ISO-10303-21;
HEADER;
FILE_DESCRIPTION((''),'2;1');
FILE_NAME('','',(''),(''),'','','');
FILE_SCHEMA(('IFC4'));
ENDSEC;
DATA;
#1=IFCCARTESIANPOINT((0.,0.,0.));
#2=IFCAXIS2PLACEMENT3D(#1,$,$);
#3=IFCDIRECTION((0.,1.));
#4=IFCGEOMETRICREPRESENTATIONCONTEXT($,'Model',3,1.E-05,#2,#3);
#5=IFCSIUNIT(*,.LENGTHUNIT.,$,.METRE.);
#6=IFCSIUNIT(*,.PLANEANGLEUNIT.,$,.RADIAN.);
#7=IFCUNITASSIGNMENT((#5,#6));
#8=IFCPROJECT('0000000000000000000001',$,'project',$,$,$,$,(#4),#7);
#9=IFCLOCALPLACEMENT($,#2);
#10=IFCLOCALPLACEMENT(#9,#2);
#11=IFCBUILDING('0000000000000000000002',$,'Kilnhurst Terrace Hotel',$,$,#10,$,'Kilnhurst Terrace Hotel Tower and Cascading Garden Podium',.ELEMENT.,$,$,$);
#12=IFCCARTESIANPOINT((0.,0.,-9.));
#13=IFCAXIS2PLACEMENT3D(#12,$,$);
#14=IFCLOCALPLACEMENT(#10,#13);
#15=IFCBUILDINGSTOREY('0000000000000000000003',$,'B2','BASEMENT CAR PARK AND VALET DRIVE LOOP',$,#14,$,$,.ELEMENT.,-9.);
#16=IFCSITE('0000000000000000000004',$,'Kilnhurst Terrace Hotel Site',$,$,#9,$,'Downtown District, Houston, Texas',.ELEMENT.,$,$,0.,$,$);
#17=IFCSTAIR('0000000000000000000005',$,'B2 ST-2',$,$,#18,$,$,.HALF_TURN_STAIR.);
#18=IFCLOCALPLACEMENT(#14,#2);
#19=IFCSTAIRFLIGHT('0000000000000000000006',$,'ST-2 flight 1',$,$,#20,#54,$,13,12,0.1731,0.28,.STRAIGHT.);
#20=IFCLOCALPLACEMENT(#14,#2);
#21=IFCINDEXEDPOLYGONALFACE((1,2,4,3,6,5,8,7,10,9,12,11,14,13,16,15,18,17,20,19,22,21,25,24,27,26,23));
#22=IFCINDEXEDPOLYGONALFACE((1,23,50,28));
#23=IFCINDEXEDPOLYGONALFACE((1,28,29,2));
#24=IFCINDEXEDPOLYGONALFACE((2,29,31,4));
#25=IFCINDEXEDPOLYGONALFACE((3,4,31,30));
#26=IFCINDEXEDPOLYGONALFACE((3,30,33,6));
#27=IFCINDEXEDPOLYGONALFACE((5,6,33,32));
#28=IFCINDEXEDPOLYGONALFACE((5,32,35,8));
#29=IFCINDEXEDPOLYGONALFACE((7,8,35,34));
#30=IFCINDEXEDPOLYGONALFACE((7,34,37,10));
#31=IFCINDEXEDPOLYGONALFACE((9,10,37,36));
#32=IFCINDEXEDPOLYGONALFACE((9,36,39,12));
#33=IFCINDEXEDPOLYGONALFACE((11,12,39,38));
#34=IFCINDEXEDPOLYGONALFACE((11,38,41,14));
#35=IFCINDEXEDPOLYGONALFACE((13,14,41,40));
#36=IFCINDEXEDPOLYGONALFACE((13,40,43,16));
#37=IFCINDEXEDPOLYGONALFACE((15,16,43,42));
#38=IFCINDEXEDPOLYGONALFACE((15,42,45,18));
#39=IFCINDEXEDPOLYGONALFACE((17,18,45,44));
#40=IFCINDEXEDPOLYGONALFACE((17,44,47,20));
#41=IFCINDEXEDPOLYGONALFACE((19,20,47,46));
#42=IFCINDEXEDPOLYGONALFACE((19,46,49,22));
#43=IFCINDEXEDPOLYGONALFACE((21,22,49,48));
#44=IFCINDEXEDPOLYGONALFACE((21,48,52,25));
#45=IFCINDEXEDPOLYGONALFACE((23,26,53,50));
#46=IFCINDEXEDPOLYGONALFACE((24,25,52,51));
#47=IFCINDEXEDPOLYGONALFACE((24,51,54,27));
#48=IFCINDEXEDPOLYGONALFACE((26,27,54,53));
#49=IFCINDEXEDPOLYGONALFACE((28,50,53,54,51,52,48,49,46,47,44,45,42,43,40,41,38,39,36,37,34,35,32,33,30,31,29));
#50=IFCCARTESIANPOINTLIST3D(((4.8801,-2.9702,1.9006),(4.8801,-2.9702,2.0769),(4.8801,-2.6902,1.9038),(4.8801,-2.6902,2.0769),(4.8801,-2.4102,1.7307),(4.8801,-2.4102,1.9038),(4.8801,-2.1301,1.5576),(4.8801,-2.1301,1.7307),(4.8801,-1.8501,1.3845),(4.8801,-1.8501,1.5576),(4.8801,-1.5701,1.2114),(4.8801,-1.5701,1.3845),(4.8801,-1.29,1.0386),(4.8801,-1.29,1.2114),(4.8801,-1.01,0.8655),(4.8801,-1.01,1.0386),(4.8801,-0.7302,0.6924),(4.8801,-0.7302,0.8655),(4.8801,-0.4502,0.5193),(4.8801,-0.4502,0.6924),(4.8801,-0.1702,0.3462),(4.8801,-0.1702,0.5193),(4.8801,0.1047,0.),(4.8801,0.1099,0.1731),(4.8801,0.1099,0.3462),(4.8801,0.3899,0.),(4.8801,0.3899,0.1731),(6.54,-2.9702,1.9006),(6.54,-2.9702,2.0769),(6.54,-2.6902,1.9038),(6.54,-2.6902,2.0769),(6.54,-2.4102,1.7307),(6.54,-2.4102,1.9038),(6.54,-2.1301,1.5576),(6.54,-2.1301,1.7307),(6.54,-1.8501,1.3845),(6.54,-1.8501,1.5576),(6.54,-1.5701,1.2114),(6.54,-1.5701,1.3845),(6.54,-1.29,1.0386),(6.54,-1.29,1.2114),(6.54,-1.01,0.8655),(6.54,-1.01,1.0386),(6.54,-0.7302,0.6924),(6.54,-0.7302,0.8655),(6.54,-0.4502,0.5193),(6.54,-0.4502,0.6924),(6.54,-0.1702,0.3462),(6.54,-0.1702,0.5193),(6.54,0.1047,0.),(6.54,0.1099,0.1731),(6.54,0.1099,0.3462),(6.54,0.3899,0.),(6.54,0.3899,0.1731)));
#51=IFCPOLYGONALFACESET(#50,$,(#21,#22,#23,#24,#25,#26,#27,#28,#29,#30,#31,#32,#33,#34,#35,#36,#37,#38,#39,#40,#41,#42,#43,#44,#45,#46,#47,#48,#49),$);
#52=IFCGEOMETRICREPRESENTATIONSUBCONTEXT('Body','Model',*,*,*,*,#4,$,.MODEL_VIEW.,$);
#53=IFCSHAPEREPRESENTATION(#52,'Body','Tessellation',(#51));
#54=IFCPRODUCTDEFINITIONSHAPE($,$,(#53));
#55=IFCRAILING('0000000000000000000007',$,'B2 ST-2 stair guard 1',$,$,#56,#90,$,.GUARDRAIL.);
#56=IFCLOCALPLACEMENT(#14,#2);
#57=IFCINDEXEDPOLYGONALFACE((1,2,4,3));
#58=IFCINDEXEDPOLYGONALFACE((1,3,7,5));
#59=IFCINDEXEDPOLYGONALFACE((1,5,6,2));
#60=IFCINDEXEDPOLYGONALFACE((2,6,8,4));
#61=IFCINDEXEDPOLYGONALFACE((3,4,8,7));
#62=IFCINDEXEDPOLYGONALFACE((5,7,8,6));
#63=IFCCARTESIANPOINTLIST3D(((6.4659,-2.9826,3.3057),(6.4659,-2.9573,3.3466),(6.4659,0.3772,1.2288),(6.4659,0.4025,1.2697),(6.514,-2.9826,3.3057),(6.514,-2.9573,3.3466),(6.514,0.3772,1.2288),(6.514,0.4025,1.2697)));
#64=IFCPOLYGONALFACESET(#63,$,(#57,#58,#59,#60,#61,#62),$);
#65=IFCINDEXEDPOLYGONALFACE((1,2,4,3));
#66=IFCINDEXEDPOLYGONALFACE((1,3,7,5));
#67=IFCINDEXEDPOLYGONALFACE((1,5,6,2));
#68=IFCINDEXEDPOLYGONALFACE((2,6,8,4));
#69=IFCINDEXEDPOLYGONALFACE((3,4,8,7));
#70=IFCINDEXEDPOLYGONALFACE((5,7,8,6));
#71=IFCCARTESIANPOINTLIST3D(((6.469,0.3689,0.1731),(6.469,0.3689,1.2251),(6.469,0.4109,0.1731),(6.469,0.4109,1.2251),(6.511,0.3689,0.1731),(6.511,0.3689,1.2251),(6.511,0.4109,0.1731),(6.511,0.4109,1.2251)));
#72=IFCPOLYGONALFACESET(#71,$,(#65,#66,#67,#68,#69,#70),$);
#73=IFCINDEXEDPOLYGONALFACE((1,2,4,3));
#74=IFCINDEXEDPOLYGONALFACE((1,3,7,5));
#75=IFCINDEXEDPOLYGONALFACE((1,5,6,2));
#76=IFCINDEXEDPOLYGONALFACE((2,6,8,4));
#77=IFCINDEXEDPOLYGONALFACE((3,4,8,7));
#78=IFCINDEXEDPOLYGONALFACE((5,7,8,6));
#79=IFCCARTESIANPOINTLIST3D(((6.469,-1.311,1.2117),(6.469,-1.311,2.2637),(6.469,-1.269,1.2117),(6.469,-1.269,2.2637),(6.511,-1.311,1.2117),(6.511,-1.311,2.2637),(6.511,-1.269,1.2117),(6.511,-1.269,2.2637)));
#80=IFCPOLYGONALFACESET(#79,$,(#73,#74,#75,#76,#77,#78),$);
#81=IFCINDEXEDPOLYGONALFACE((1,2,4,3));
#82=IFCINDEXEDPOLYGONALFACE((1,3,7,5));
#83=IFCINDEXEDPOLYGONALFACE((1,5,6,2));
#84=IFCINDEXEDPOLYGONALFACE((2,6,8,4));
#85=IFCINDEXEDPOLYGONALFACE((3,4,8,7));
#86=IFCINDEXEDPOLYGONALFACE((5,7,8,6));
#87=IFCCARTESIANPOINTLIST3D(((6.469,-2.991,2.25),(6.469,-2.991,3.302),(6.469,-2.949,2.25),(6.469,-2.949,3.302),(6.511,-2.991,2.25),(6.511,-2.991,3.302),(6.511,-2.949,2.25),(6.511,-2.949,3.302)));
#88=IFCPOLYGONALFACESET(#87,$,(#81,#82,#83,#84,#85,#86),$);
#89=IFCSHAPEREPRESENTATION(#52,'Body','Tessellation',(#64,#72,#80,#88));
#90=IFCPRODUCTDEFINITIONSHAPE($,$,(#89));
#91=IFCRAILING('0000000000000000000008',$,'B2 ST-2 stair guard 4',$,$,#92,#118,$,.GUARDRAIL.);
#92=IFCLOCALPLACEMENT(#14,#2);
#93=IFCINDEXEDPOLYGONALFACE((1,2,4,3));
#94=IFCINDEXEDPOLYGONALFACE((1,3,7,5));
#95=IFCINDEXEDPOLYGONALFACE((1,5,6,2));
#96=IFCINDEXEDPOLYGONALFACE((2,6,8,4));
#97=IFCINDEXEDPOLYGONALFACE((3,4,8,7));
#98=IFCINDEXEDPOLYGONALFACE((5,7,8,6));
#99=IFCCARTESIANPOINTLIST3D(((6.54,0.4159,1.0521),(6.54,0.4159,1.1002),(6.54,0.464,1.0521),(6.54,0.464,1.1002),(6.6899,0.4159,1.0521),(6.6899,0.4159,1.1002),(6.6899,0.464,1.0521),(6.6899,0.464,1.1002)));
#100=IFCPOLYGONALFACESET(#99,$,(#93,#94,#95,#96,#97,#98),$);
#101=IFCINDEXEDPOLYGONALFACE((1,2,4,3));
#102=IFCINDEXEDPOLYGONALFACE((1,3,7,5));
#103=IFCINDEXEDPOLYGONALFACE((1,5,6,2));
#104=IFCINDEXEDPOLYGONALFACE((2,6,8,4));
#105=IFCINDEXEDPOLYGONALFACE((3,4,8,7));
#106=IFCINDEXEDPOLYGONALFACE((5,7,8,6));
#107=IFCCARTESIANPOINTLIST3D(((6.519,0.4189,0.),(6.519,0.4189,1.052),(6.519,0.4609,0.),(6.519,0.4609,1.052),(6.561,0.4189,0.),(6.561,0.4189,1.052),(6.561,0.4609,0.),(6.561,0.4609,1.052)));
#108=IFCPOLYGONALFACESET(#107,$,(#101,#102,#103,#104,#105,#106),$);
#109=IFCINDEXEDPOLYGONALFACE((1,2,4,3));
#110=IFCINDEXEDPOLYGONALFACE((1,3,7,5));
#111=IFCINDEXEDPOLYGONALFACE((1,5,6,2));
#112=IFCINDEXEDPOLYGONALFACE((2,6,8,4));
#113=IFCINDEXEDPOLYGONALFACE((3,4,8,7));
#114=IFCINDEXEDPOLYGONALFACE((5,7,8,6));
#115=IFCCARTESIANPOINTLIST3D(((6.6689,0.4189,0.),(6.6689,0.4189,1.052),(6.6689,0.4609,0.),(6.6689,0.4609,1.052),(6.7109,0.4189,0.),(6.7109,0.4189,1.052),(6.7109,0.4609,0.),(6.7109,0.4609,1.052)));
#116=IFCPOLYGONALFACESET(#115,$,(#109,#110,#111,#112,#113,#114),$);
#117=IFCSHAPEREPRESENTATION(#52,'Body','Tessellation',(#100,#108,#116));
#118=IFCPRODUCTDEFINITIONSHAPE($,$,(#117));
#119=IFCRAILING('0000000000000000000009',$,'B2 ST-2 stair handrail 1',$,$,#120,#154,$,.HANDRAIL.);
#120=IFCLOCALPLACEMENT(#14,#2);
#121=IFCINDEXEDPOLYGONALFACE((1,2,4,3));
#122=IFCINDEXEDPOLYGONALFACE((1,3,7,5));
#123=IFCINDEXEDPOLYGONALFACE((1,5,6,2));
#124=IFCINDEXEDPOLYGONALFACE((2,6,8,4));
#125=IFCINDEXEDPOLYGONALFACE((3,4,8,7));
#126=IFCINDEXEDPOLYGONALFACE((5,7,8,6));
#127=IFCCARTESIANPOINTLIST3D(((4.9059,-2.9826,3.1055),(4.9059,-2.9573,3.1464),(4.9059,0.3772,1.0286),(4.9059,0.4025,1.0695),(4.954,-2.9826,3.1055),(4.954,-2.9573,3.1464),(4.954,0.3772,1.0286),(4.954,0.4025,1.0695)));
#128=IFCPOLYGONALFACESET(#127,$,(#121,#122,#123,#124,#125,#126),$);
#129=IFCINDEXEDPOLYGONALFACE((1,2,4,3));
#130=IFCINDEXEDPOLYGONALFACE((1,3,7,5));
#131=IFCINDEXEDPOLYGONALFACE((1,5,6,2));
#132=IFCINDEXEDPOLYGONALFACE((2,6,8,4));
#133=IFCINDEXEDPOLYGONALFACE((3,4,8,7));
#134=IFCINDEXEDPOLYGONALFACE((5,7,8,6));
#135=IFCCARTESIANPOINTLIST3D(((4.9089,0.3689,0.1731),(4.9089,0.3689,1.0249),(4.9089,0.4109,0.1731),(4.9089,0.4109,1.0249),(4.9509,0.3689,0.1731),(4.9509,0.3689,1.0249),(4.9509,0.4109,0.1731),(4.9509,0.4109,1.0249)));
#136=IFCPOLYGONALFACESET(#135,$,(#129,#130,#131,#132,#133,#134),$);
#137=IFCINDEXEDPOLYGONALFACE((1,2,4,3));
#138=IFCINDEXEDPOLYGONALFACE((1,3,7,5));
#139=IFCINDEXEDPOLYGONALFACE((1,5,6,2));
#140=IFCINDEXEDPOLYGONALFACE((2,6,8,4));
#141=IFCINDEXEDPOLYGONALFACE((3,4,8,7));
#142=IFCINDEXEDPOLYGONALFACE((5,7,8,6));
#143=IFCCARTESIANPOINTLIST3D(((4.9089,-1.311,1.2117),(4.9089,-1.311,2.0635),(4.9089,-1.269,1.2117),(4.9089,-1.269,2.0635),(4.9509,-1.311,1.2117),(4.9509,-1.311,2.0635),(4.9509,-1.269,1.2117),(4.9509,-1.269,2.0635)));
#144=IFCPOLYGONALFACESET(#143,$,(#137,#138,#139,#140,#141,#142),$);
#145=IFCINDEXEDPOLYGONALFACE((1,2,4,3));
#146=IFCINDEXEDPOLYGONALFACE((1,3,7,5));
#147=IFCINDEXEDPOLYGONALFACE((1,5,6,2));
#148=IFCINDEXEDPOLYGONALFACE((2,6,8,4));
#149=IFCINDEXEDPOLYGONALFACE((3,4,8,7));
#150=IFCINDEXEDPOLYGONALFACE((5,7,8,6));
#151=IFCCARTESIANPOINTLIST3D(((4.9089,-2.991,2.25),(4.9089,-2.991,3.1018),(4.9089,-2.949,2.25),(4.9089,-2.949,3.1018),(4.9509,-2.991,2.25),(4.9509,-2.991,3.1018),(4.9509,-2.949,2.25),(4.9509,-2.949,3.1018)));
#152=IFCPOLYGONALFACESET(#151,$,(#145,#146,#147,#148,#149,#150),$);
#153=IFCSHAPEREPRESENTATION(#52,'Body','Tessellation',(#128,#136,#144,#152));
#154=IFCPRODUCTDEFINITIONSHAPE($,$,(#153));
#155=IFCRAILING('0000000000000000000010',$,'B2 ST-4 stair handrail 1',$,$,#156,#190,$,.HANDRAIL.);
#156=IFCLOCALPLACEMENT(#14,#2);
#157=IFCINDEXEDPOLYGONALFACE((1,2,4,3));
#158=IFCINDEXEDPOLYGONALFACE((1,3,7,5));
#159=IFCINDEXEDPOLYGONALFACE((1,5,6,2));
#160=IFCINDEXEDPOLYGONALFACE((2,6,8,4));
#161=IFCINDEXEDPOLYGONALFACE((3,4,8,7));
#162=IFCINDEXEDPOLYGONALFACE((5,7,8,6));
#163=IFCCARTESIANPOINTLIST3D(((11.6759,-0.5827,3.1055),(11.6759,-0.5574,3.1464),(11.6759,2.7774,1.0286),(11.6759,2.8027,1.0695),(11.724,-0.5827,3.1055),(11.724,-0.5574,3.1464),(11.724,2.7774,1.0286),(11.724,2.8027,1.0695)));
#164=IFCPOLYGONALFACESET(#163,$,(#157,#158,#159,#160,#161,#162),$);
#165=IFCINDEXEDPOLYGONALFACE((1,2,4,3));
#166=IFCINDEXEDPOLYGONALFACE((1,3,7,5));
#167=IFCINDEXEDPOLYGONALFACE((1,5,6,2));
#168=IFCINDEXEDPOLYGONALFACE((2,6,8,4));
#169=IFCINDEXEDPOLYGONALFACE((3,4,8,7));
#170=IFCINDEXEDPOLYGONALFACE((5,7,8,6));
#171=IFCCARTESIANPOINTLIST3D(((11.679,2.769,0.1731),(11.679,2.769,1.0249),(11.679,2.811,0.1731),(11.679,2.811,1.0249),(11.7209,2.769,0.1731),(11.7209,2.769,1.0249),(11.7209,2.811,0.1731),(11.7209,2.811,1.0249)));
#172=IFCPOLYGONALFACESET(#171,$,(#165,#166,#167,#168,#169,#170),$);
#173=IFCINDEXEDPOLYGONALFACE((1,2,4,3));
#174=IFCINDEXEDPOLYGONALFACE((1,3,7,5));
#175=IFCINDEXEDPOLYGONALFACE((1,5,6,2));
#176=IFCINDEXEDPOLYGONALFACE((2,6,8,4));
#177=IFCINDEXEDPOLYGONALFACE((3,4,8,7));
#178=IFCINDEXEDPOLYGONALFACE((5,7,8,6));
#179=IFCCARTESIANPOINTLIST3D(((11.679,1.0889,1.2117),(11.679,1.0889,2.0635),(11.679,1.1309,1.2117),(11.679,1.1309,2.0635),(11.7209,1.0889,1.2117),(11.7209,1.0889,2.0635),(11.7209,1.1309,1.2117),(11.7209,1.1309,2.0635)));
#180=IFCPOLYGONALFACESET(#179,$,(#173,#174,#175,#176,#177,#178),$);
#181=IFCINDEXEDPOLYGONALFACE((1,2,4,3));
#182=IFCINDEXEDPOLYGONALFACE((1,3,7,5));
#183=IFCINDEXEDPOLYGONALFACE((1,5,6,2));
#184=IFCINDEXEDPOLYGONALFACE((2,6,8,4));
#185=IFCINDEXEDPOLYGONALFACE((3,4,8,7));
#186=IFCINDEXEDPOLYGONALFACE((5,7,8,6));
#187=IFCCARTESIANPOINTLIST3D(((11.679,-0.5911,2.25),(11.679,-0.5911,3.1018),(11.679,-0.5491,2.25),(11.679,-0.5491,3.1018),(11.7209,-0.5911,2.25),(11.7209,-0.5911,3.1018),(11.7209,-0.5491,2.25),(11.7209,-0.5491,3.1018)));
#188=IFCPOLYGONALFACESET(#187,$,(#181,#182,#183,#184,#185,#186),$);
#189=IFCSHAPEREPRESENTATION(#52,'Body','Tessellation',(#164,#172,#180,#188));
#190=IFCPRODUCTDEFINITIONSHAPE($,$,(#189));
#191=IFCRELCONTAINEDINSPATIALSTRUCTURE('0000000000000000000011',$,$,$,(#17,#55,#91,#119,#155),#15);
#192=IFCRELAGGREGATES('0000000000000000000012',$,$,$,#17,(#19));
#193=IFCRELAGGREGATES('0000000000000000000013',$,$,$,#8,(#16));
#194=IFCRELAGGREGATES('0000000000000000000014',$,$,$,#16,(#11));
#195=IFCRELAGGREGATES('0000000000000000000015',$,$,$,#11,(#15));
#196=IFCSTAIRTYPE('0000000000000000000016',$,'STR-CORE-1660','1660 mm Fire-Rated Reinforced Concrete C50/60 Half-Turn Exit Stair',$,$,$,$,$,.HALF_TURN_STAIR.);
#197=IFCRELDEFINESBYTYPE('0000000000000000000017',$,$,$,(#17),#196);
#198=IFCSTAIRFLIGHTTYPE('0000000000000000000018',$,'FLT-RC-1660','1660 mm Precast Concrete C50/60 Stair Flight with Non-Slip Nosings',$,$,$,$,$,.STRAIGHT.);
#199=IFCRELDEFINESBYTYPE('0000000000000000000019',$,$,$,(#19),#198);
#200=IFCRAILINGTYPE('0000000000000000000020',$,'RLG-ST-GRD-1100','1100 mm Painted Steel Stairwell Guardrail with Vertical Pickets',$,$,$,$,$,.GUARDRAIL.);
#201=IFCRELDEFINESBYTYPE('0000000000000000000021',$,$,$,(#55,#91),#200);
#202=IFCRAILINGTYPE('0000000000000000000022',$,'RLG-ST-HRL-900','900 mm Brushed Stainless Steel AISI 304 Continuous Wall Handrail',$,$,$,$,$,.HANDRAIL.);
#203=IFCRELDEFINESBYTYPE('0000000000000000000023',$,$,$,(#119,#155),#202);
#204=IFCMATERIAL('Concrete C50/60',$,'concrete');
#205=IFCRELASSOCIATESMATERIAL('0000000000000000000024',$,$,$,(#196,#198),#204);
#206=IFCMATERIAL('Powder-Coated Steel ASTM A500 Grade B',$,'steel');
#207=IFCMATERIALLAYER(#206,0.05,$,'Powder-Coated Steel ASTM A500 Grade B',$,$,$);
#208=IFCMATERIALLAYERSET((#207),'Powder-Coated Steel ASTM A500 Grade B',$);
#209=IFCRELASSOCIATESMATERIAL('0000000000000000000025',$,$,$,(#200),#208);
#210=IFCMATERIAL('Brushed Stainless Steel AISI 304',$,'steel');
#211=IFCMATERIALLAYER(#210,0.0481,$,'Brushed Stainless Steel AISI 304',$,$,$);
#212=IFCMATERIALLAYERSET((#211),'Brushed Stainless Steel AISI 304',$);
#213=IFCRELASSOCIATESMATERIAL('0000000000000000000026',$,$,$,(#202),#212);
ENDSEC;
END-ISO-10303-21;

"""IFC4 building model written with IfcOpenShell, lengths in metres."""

from ifc_helpers import new_model, si_unit, direction, frame, origin, origin_2d, place, context, subcontext, project, spatial, polyline, rectangle, outline, extrude, material, layer, layer_set, type_object, element, aggregate, save


model = new_model("IFC4")

# Units and contexts
model_context = context("Model", 3, precision=1e-05, world=origin(), true_north=direction((0.0, 1.0)))
body_context = subcontext(model_context, "Body", "Model", "MODEL_VIEW")
ifc_project = project(units=[si_unit("LENGTHUNIT", "METRE"), si_unit("PLANEANGLEUNIT", "RADIAN")], contexts=[model_context])

# Site, building, storey
site_placement = place(None, origin())
site = spatial("IfcSite", under=ifc_project, at=site_placement, Name="Kilnhurst Terrace Hotel Site", LongName="Downtown District, Houston, Texas", CompositionType="ELEMENT", RefElevation=0.0)
building_placement = place(site_placement, origin())
building = spatial("IfcBuilding", under=site, at=building_placement, Name="Kilnhurst Terrace Hotel", LongName="Kilnhurst Terrace Hotel Tower and Cascading Garden Podium", CompositionType="ELEMENT")
storey_placement = place(building_placement, frame((0.0, 0.0, -9.0)))
storey = spatial("IfcBuildingStorey", under=building, at=storey_placement, Name="B2", Description="BASEMENT CAR PARK AND VALET DRIVE LOOP", CompositionType="ELEMENT", Elevation=-9.0)

# Shared definitions
ifc_material_1 = material(Name="Concrete C50/60", Category="concrete")

# Stair, stair flight
stair_type = type_object("IfcStairType", Name="STR-CORE-1660", Description="1660 mm Fire-Rated Reinforced Concrete C50/60 Half-Turn Exit Stair", PredefinedType="HALF_TURN_STAIR", material=ifc_material_1)
stair_placement = place(storey_placement, origin())
stair = element("IfcStair", 1, at=stair_placement, inside=storey, type_object=stair_type, Name="B2 ST-2", PredefinedType="HALF_TURN_STAIR")
stair_flight_type = type_object("IfcStairFlightType", Name="FLT-RC-1660", Description="1660 mm Precast Concrete C50/60 Stair Flight with Non-Slip Nosings", PredefinedType="STRAIGHT", material=ifc_material_1)
stair_flight_placement = place(storey_placement, frame((5.71, 0.3899, 0.0), z_axis=(0.0, 0.0, 1.0), x_axis=(0.0, -1.0, 0.0)))
stair_flight = element("IfcStairFlight", 2, at=stair_flight_placement, type_object=stair_flight_type, Name="ST-2 flight 1", NumberOfRisers=13, NumberOfTreads=12, PredefinedType="STRAIGHT", RiserHeight=0.1731, TreadLength=0.28, context=body_context, shape_type="SweptSolid", body=[
    extrude(outline(polyline([(0.0, 0.0), (0.0, 0.1731), (0.28, 0.1731), (0.28, 0.3462), (0.5601, 0.3462), (0.5601, 0.5193), (0.8401, 0.5193), (0.8401, 0.6924), (1.1201, 0.6924), (1.1201, 0.8655), (1.3999, 0.8655), (1.3999, 1.0386), (1.6799, 1.0386), (1.6799, 1.2114), (1.96, 1.2114), (1.96, 1.3845), (2.24, 1.3845), (2.24, 1.5576), (2.52, 1.5576), (2.52, 1.7307), (2.8, 1.7307), (2.8, 1.9038), (3.0801, 1.9038), (3.0801, 2.0769), (3.3601, 2.0769), (3.3601, 2.25), (3.3601, 1.9006), (0.2852, 0.0), (0.0, 0.0)])), frame((0.0, 0.8301, 0.0), z_axis=(0.0, -1.0, 0.0), x_axis=(1.0, 0.0, 0.0)), (0.0, 0.0, 1.0), 1.6599),
])
aggregate(stair, [stair_flight])

# Railings
ifc_material_2 = material(Name="Powder-Coated Steel ASTM A500 Grade B", Category="steel")
ifc_layer_1 = layer(ifc_material_2, 0.05, Name="Powder-Coated Steel ASTM A500 Grade B")
ifc_layer_set_1 = layer_set([ifc_layer_1], Name="Powder-Coated Steel ASTM A500 Grade B")
railing_type_1 = type_object("IfcRailingType", Name="RLG-ST-GRD-1100", Description="1100 mm Painted Steel Stairwell Guardrail with Vertical Pickets", PredefinedType="GUARDRAIL", material=ifc_layer_set_1)
railing_1_placement = place(storey_placement, frame((6.49, 0.3899, 0.1731)))
element("IfcRailing", 3, at=railing_1_placement, inside=storey, type_object=railing_type_1, Name="B2 ST-2 stair guard 1", PredefinedType="GUARDRAIL", context=body_context, shape_type="SweptSolid", body=[
    extrude(rectangle(XDim=0.0481, YDim=0.0481, at=origin_2d()), frame((0.0, 0.0, 1.0762), z_axis=(0.0, -0.850606, 0.525803), x_axis=(1.0, 0.0, 0.0)), (0.0, 0.0, 1.0), 3.95),
    extrude(rectangle(XDim=0.042, YDim=0.042, at=origin_2d()), origin(), (0.0, 0.0, 1.0), 1.052),
    extrude(rectangle(XDim=0.042, YDim=0.042, at=origin_2d()), frame((0.0, -1.6799, 1.0386)), (0.0, 0.0, 1.0), 1.052),
    extrude(rectangle(XDim=0.042, YDim=0.042, at=origin_2d()), frame((0.0, -3.3599, 2.0769)), (0.0, 0.0, 1.0), 1.052),
])
railing_2_placement = place(storey_placement, frame((6.54, 0.4399, 0.0)))
element("IfcRailing", 4, at=railing_2_placement, inside=storey, type_object=railing_type_1, Name="B2 ST-2 stair guard 4", PredefinedType="GUARDRAIL", context=body_context, shape_type="SweptSolid", body=[
    extrude(rectangle(XDim=0.0481, YDim=0.0481, at=origin_2d()), frame((0.0, 0.0, 1.0762), z_axis=(1.0, 0.0, 0.0), x_axis=(0.0, 1.0, 0.0)), (0.0, 0.0, 1.0), 0.1499),
    extrude(rectangle(XDim=0.042, YDim=0.042, at=origin_2d()), origin(), (0.0, 0.0, 1.0), 1.052),
    extrude(rectangle(XDim=0.042, YDim=0.042, at=origin_2d()), frame((0.1499, 0.0, 0.0)), (0.0, 0.0, 1.0), 1.052),
])
ifc_material_3 = material(Name="Brushed Stainless Steel AISI 304", Category="steel")
ifc_layer_2 = layer(ifc_material_3, 0.0481, Name="Brushed Stainless Steel AISI 304")
ifc_layer_set_2 = layer_set([ifc_layer_2], Name="Brushed Stainless Steel AISI 304")
railing_type_2 = type_object("IfcRailingType", Name="RLG-ST-HRL-900", Description="900 mm Brushed Stainless Steel AISI 304 Continuous Wall Handrail", PredefinedType="HANDRAIL", material=ifc_layer_set_2)
railing_3_placement = place(storey_placement, frame((4.9299, 0.3899, 0.1731)))
element("IfcRailing", 5, at=railing_3_placement, inside=storey, type_object=railing_type_2, Name="B2 ST-2 stair handrail 1", PredefinedType="HANDRAIL", context=body_context, shape_type="SweptSolid", body=[
    extrude(rectangle(XDim=0.0481, YDim=0.0481, at=origin_2d()), frame((0.0, 0.0, 0.876), z_axis=(0.0, -0.850606, 0.525803), x_axis=(1.0, 0.0, 0.0)), (0.0, 0.0, 1.0), 3.95),
    extrude(rectangle(XDim=0.042, YDim=0.042, at=origin_2d()), origin(), (0.0, 0.0, 1.0), 0.8518),
    extrude(rectangle(XDim=0.042, YDim=0.042, at=origin_2d()), frame((0.0, -1.6799, 1.0386)), (0.0, 0.0, 1.0), 0.8518),
    extrude(rectangle(XDim=0.042, YDim=0.042, at=origin_2d()), frame((0.0, -3.3599, 2.0769)), (0.0, 0.0, 1.0), 0.8518),
])
railing_4_placement = place(storey_placement, frame((11.7, 2.79, 0.1731)))
element("IfcRailing", 6, at=railing_4_placement, inside=storey, type_object=railing_type_2, Name="B2 ST-4 stair handrail 1", PredefinedType="HANDRAIL", context=body_context, shape_type="SweptSolid", body=[
    extrude(rectangle(XDim=0.0481, YDim=0.0481, at=origin_2d()), frame((0.0, 0.0, 0.876), z_axis=(0.0, -0.850623, 0.525776), x_axis=(1.0, 0.0, 0.0)), (0.0, 0.0, 1.0), 3.9502),
    extrude(rectangle(XDim=0.042, YDim=0.042, at=origin_2d()), origin(), (0.0, 0.0, 1.0), 0.8518),
    extrude(rectangle(XDim=0.042, YDim=0.042, at=origin_2d()), frame((0.0, -1.6802, 1.0386)), (0.0, 0.0, 1.0), 0.8518),
    extrude(rectangle(XDim=0.042, YDim=0.042, at=origin_2d()), frame((0.0, -3.3601, 2.0769)), (0.0, 0.0, 1.0), 0.8518),
])

save(model, "model.ifc")
